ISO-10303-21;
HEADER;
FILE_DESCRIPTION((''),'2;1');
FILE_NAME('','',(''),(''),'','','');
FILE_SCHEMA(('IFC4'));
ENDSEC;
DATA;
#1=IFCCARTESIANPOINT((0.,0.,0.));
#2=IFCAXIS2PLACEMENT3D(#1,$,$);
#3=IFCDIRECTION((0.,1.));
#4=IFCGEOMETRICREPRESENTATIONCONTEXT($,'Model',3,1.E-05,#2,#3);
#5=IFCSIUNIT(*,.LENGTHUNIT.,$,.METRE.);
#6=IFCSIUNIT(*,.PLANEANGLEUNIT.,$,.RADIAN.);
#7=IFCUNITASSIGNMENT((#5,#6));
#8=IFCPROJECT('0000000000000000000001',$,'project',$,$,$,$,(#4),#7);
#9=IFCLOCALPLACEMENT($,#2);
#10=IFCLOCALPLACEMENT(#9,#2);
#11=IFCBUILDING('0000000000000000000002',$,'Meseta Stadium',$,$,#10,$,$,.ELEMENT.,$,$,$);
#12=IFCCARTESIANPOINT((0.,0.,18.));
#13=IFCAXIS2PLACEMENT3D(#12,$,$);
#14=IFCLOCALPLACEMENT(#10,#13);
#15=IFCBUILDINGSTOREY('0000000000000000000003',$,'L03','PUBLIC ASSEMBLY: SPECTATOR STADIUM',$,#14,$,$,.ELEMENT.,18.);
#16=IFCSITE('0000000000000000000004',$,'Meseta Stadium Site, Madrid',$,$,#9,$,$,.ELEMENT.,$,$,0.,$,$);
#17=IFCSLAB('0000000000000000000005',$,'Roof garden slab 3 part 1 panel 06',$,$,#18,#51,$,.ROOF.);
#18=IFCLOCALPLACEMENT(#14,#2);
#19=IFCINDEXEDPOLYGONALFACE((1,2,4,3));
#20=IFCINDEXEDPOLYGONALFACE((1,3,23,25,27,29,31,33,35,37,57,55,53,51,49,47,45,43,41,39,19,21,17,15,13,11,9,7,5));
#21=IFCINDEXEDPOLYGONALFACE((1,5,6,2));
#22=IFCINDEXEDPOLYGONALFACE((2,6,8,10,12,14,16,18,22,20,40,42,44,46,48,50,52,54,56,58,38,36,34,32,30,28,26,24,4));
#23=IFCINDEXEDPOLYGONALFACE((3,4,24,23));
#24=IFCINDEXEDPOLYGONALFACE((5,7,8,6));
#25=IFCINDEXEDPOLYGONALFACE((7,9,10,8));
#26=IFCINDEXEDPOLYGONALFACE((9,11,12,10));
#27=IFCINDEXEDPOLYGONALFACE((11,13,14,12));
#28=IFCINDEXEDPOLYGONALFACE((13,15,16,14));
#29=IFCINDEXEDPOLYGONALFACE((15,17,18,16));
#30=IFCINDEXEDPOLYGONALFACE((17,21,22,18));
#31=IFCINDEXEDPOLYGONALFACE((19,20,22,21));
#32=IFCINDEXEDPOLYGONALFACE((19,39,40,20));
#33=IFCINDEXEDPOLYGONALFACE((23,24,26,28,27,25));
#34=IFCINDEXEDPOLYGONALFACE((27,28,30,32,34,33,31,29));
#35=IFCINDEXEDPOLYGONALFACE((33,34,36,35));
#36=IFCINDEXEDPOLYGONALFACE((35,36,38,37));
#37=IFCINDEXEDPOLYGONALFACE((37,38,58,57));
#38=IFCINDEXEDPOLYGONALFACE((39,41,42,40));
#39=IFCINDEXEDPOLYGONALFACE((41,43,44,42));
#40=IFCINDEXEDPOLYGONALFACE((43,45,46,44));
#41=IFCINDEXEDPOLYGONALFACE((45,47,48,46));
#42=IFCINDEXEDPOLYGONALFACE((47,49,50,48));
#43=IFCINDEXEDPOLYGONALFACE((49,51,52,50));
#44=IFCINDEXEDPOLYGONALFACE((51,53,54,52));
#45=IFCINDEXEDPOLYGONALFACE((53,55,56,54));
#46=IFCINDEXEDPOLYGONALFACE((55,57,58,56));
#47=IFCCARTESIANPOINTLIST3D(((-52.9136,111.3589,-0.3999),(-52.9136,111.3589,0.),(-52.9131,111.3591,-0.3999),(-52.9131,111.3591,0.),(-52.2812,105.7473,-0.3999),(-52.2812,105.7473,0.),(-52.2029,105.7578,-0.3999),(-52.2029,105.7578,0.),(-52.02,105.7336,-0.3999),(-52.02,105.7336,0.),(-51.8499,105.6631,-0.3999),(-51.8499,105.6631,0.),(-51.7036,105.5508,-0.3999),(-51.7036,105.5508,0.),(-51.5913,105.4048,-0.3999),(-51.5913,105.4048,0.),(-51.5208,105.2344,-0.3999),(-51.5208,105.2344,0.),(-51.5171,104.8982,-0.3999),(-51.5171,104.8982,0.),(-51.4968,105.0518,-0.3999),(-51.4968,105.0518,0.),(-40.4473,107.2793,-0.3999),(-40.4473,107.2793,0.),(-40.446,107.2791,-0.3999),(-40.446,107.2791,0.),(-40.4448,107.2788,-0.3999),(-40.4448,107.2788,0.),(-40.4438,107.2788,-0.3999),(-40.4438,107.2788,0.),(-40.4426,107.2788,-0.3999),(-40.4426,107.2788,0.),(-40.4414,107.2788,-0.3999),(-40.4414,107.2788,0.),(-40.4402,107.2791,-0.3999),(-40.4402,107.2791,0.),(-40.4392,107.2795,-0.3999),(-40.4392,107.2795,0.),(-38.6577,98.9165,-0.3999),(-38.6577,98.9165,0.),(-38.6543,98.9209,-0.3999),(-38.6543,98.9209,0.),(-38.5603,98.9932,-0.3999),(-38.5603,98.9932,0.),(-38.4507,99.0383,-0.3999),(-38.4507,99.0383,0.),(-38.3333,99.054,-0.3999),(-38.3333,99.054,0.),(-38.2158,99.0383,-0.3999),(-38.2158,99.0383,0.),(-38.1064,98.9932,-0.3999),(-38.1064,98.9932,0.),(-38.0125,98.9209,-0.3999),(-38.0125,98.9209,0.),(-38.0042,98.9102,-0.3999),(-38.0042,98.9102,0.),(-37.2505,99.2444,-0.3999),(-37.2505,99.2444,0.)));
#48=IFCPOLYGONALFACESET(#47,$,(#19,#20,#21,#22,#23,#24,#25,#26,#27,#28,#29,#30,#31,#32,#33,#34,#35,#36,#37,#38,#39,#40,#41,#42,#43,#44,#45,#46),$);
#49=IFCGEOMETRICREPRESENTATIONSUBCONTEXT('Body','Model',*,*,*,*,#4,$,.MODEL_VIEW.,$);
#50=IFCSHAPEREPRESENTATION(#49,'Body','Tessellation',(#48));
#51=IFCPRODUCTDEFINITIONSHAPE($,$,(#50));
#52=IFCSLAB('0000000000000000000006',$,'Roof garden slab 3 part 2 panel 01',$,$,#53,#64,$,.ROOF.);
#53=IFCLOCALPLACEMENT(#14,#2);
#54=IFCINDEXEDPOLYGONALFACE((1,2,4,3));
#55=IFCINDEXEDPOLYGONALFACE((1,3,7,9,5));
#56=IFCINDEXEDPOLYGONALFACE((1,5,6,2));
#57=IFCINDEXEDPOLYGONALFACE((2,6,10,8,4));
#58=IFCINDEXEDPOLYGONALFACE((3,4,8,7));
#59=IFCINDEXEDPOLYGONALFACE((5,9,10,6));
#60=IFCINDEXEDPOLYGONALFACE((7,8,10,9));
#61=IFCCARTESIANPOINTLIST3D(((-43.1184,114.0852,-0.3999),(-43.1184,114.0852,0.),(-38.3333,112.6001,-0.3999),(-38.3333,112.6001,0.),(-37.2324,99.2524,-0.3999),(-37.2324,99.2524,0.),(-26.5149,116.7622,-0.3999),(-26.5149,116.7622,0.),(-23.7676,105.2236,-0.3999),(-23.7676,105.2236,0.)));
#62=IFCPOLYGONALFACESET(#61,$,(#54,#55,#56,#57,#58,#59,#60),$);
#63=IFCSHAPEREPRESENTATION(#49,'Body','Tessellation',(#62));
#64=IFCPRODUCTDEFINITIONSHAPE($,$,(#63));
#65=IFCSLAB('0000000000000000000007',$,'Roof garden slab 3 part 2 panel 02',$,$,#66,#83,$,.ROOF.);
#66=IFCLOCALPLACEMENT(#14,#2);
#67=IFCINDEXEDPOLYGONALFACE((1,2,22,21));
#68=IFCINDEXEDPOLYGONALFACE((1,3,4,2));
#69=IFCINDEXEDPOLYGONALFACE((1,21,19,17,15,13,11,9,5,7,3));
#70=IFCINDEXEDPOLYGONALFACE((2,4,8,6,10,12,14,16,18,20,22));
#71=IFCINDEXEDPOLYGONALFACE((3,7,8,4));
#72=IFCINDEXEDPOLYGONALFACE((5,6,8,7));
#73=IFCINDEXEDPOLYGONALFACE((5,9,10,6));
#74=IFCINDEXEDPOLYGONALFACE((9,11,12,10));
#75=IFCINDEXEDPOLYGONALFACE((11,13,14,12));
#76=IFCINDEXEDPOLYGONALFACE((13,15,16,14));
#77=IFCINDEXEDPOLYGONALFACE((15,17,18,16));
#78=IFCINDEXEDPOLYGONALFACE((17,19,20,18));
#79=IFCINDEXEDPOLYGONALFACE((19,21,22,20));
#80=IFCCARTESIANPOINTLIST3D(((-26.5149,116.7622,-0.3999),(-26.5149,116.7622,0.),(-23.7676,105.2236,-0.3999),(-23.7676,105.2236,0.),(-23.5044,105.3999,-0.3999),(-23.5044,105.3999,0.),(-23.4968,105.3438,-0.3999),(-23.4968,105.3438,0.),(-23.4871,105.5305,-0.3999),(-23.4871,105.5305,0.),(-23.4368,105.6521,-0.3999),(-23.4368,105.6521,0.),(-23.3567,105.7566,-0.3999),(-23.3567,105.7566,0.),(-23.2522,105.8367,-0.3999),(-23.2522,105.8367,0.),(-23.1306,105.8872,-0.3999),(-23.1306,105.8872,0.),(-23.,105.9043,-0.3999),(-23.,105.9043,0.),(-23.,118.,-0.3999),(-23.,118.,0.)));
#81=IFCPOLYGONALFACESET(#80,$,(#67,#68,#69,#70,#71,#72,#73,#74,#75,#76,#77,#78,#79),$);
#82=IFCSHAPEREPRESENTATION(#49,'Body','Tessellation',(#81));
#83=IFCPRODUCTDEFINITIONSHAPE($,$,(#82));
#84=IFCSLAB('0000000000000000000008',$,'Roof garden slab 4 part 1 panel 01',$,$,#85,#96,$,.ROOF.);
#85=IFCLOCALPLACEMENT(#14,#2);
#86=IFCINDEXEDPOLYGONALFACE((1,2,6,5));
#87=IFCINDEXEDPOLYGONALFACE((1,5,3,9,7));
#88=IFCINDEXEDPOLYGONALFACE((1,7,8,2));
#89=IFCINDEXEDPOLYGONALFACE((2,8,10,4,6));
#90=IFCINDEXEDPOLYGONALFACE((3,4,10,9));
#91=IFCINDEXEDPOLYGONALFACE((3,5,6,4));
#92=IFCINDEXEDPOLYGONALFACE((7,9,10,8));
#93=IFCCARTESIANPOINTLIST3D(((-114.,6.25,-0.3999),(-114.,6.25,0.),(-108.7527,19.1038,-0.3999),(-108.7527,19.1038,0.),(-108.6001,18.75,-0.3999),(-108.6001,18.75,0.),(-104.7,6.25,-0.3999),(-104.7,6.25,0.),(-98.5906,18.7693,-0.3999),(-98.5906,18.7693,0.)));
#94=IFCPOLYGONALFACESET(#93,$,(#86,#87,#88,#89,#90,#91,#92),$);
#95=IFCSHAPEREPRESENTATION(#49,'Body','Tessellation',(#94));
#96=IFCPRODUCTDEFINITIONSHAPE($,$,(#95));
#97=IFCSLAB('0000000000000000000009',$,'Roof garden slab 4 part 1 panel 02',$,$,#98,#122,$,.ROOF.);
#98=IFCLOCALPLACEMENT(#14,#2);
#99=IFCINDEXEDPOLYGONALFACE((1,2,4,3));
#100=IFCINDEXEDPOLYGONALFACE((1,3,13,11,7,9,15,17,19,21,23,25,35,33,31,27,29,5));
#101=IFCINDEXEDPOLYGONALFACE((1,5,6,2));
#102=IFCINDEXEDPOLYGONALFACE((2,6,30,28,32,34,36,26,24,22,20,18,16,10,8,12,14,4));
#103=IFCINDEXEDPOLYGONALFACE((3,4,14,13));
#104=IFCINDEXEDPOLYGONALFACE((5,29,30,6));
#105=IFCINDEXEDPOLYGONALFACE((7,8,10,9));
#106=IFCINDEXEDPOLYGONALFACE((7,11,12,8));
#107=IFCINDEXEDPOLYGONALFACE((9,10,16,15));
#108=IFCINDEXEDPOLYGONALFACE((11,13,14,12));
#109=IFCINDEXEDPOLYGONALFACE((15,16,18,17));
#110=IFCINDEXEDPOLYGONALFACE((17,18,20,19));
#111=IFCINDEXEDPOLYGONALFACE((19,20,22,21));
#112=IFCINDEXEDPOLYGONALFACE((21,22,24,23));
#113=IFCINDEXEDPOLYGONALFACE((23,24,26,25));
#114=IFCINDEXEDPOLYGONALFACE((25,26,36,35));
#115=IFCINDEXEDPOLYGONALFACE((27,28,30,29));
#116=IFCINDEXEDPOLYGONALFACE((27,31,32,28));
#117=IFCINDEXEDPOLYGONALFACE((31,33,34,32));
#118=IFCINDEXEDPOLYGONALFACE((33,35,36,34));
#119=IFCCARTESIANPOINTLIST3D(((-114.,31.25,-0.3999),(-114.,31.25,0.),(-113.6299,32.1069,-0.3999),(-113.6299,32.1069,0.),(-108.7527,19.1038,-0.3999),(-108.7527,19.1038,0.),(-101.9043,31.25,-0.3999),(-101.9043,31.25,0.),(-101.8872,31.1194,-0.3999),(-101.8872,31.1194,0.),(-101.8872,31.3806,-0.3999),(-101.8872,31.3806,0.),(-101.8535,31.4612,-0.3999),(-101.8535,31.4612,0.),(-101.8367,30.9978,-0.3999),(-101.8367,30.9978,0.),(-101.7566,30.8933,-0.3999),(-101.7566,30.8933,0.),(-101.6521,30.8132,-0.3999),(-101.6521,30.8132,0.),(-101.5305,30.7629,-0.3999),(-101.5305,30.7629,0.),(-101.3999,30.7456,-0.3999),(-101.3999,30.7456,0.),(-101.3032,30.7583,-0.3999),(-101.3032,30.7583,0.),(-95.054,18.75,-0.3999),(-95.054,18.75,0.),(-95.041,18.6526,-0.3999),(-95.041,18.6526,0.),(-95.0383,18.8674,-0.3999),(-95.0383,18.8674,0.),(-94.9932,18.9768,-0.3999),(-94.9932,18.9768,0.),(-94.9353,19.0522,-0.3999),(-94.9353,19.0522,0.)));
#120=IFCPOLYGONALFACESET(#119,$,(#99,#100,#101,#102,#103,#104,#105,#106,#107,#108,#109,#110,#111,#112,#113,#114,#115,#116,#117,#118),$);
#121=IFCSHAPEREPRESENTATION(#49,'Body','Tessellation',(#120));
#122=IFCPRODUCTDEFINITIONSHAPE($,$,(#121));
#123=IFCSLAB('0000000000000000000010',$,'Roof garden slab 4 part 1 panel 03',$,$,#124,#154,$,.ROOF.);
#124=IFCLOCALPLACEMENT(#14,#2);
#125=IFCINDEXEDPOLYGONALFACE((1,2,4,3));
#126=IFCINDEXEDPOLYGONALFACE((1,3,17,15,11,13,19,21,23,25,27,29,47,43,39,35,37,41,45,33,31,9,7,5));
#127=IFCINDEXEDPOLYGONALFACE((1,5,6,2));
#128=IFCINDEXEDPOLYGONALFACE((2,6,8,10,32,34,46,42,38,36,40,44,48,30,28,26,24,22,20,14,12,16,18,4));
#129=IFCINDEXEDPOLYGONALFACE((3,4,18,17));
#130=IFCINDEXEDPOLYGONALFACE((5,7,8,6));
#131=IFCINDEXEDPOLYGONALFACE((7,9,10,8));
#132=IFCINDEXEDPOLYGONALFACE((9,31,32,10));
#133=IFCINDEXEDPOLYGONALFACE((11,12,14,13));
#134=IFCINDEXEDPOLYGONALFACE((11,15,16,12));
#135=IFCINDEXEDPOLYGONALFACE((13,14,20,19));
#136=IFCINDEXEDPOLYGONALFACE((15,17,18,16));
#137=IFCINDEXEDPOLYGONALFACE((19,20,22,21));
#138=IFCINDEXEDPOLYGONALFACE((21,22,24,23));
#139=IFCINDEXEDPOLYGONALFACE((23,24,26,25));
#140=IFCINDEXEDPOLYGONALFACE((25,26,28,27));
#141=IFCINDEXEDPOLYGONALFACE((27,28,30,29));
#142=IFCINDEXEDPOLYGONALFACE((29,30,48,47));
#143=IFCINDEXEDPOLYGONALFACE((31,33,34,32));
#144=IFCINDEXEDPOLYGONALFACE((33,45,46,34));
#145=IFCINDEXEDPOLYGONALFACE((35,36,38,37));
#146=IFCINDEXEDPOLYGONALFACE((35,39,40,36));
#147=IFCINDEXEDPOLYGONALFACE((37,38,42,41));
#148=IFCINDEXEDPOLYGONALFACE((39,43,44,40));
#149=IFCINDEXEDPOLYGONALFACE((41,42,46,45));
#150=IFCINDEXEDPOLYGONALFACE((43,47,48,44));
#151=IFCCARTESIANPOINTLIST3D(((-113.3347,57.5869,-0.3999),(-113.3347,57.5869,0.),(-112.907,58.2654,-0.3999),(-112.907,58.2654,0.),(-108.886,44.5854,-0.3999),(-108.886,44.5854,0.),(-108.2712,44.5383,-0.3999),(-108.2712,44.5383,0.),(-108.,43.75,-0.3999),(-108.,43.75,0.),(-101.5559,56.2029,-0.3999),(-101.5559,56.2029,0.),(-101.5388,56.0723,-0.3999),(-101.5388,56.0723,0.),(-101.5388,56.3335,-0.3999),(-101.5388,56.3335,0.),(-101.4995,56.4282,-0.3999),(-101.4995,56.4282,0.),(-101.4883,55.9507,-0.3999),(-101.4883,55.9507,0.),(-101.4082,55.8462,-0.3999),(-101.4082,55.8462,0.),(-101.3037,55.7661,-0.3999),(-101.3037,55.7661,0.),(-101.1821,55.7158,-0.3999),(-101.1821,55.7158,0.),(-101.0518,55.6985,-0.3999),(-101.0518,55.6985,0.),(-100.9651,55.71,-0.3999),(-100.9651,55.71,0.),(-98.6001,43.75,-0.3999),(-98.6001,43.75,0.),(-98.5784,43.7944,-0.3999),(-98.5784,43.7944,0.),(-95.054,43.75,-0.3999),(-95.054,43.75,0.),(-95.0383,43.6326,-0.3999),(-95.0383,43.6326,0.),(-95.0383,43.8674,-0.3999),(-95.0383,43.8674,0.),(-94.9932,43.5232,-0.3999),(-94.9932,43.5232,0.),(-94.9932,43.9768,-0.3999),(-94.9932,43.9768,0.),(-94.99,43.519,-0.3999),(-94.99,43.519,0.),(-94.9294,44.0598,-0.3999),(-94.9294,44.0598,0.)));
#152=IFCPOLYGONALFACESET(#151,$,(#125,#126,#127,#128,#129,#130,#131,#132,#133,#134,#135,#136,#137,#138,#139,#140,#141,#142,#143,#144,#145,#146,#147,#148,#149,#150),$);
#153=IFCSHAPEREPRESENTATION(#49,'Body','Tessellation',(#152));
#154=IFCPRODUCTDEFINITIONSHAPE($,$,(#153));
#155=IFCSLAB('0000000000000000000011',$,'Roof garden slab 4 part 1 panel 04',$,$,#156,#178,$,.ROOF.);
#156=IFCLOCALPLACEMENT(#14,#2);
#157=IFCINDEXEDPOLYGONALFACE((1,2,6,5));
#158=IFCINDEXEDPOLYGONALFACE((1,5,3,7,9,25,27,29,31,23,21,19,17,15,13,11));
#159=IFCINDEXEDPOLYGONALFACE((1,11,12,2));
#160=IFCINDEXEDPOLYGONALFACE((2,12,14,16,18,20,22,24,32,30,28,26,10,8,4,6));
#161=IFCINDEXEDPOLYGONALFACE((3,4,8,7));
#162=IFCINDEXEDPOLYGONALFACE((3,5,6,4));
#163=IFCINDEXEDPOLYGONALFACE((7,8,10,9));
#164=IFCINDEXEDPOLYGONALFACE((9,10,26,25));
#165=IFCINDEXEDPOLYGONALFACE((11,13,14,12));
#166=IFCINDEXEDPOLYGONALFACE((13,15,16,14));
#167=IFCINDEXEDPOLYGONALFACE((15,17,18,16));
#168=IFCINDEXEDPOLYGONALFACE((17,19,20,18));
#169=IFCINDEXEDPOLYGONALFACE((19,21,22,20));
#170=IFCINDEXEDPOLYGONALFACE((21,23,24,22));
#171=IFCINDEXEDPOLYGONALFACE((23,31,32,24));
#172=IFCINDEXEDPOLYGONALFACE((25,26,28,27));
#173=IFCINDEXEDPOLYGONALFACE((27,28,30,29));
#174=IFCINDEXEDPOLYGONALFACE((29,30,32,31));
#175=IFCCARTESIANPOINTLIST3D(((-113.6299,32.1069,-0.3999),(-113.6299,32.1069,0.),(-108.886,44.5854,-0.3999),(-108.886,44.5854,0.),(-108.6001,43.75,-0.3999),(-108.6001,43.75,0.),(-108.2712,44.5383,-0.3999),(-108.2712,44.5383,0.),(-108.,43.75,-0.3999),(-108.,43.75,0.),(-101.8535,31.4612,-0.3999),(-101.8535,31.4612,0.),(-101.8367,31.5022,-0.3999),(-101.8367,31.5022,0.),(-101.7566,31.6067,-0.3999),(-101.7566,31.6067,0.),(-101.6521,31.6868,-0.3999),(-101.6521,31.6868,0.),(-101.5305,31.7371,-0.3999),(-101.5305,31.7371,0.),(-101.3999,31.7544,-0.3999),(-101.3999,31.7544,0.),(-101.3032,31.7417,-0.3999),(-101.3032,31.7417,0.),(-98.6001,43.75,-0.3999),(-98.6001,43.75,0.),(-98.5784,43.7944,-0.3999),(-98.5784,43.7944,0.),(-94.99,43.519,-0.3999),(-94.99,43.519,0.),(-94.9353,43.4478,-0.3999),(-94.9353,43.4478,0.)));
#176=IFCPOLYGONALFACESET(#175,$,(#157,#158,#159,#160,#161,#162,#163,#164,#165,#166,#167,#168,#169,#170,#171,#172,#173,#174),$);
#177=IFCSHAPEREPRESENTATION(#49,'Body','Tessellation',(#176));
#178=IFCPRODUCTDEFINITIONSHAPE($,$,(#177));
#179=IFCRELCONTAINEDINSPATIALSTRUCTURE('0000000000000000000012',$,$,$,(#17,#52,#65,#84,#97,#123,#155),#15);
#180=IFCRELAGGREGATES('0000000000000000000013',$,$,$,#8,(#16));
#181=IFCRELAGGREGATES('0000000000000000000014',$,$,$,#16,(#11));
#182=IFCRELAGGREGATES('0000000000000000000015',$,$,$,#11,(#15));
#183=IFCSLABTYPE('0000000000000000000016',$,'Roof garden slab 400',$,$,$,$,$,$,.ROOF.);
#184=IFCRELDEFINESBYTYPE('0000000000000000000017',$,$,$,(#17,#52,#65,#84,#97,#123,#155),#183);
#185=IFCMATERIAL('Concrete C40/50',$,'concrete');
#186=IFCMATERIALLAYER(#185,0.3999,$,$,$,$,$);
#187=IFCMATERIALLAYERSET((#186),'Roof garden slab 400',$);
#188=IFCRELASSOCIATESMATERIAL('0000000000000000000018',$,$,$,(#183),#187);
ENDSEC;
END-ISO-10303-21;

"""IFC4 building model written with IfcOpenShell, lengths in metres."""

from ifc_helpers import new_model, si_unit, direction, frame, origin, place, context, subcontext, project, spatial, polyline, outline, extrude, material, layer, layer_set, type_object, element, save


model = new_model("IFC4")

# Units and contexts
model_context = context("Model", 3, precision=1e-05, world=origin(), true_north=direction((0.0, 1.0)))
body_context = subcontext(model_context, "Body", "Model", "MODEL_VIEW")
ifc_project = project(units=[si_unit("LENGTHUNIT", "METRE"), si_unit("PLANEANGLEUNIT", "RADIAN")], contexts=[model_context])

# Site, building, storey
site_placement = place(None, origin())
site = spatial("IfcSite", under=ifc_project, at=site_placement, Name="Meseta Stadium Site, Madrid", CompositionType="ELEMENT", RefElevation=0.0)
building_placement = place(site_placement, origin())
building = spatial("IfcBuilding", under=site, at=building_placement, Name="Meseta Stadium", CompositionType="ELEMENT")
storey_placement = place(building_placement, frame((0.0, 0.0, 18.0)))
storey = spatial("IfcBuildingStorey", under=building, at=storey_placement, Name="L03", Description="PUBLIC ASSEMBLY: SPECTATOR STADIUM", CompositionType="ELEMENT", Elevation=18.0)

# Slabs
ifc_material = material(Name="Concrete C40/50", Category="concrete")
ifc_layer = layer(ifc_material, 0.3999)
ifc_layer_set = layer_set([ifc_layer], Name="Roof garden slab 400")
slab_type = type_object("IfcSlabType", Name="Roof garden slab 400", PredefinedType="ROOF", material=ifc_layer_set)
slab_1_placement = place(storey_placement, frame((0.0, 0.0, -0.3999)))
element("IfcSlab", 1, at=slab_1_placement, inside=storey, type_object=slab_type, Name="Roof garden slab 3 part 1 panel 06", PredefinedType="ROOF", context=body_context, shape_type="SweptSolid", body=[
    extrude(outline(polyline([(-37.2505, 99.2444), (-40.4392, 107.2795), (-40.4402, 107.2791), (-40.4414, 107.2788), (-40.4426, 107.2788), (-40.4438, 107.2788), (-40.4448, 107.2788), (-40.446, 107.2791), (-40.4473, 107.2793), (-52.9131, 111.3591), (-52.9136, 111.3589), (-52.2812, 105.7473), (-52.2029, 105.7578), (-52.02, 105.7336), (-51.8499, 105.6631), (-51.7036, 105.5508), (-51.5913, 105.4048), (-51.5208, 105.2344), (-51.4968, 105.0518), (-51.5171, 104.8982), (-38.6577, 98.9165), (-38.6543, 98.9209), (-38.5603, 98.9932), (-38.4507, 99.0383), (-38.3333, 99.054), (-38.2158, 99.0383), (-38.1064, 98.9932), (-38.0125, 98.9209), (-38.0042, 98.9102), (-37.2505, 99.2444)])), origin(), (0.0, 0.0, 1.0), 0.3999),
])
slab_2_placement = place(storey_placement, frame((0.0, 0.0, -0.3999)))
element("IfcSlab", 2, at=slab_2_placement, inside=storey, type_object=slab_type, Name="Roof garden slab 3 part 2 panel 01", PredefinedType="ROOF", context=body_context, shape_type="SweptSolid", body=[
    extrude(outline(polyline([(-26.5149, 116.7622), (-38.3333, 112.6001), (-43.1184, 114.0852), (-37.2324, 99.2524), (-23.7676, 105.2236), (-26.5149, 116.7622)])), origin(), (0.0, 0.0, 1.0), 0.3999),
])
slab_3_placement = place(storey_placement, frame((0.0, 0.0, -0.3999)))
element("IfcSlab", 3, at=slab_3_placement, inside=storey, type_object=slab_type, Name="Roof garden slab 3 part 2 panel 02", PredefinedType="ROOF", context=body_context, shape_type="SweptSolid", body=[
    extrude(outline(polyline([(-23.0, 118.0), (-26.5149, 116.7622), (-23.7676, 105.2236), (-23.4968, 105.3438), (-23.5044, 105.3999), (-23.4871, 105.5305), (-23.4368, 105.6521), (-23.3567, 105.7566), (-23.2522, 105.8367), (-23.1306, 105.8872), (-23.0, 105.9043), (-23.0, 118.0)])), origin(), (0.0, 0.0, 1.0), 0.3999),
])
slab_4_placement = place(storey_placement, frame((0.0, 0.0, -0.3999)))
element("IfcSlab", 4, at=slab_4_placement, inside=storey, type_object=slab_type, Name="Roof garden slab 4 part 1 panel 01", PredefinedType="ROOF", context=body_context, shape_type="SweptSolid", body=[
    extrude(outline(polyline([(-104.7, 6.25), (-98.5906, 18.7693), (-108.7527, 19.1038), (-108.6001, 18.75), (-114.0, 6.25), (-104.7, 6.25)])), origin(), (0.0, 0.0, 1.0), 0.3999),
])
slab_5_placement = place(storey_placement, frame((0.0, 0.0, -0.3999)))
element("IfcSlab", 5, at=slab_5_placement, inside=storey, type_object=slab_type, Name="Roof garden slab 4 part 1 panel 02", PredefinedType="ROOF", context=body_context, shape_type="SweptSolid", body=[
    extrude(outline(polyline([(-101.8535, 31.4612), (-113.6299, 32.1069), (-114.0, 31.25), (-108.7527, 19.1038), (-95.041, 18.6526), (-95.054, 18.75), (-95.0383, 18.8674), (-94.9932, 18.9768), (-94.9353, 19.0522), (-101.3032, 30.7583), (-101.3999, 30.7456), (-101.5305, 30.7629), (-101.6521, 30.8132), (-101.7566, 30.8933), (-101.8367, 30.9978), (-101.8872, 31.1194), (-101.9043, 31.25), (-101.8872, 31.3806), (-101.8535, 31.4612)])), origin(), (0.0, 0.0, 1.0), 0.3999),
])
slab_6_placement = place(storey_placement, frame((0.0, 0.0, -0.3999)))
element("IfcSlab", 6, at=slab_6_placement, inside=storey, type_object=slab_type, Name="Roof garden slab 4 part 1 panel 03", PredefinedType="ROOF", context=body_context, shape_type="SweptSolid", body=[
    extrude(outline(polyline([(-108.0, 43.75), (-98.6001, 43.75), (-98.5784, 43.7944), (-94.99, 43.519), (-94.9932, 43.5232), (-95.0383, 43.6326), (-95.054, 43.75), (-95.0383, 43.8674), (-94.9932, 43.9768), (-94.9294, 44.0598), (-100.9651, 55.71), (-101.0518, 55.6985), (-101.1821, 55.7158), (-101.3037, 55.7661), (-101.4082, 55.8462), (-101.4883, 55.9507), (-101.5388, 56.0723), (-101.5559, 56.2029), (-101.5388, 56.3335), (-101.4995, 56.4282), (-112.907, 58.2654), (-113.3347, 57.5869), (-108.886, 44.5854), (-108.2712, 44.5383), (-108.0, 43.75)])), origin(), (0.0, 0.0, 1.0), 0.3999),
])
slab_7_placement = place(storey_placement, frame((0.0, 0.0, -0.3999)))
element("IfcSlab", 7, at=slab_7_placement, inside=storey, type_object=slab_type, Name="Roof garden slab 4 part 1 panel 04", PredefinedType="ROOF", context=body_context, shape_type="SweptSolid", body=[
    extrude(outline(polyline([(-108.2712, 44.5383), (-108.886, 44.5854), (-108.6001, 43.75), (-113.6299, 32.1069), (-101.8535, 31.4612), (-101.8367, 31.5022), (-101.7566, 31.6067), (-101.6521, 31.6868), (-101.5305, 31.7371), (-101.3999, 31.7544), (-101.3032, 31.7417), (-94.9353, 43.4478), (-94.99, 43.519), (-98.5784, 43.7944), (-98.6001, 43.75), (-108.0, 43.75), (-108.2712, 44.5383)])), origin(), (0.0, 0.0, 1.0), 0.3999),
])

save(model, "model.ifc")
